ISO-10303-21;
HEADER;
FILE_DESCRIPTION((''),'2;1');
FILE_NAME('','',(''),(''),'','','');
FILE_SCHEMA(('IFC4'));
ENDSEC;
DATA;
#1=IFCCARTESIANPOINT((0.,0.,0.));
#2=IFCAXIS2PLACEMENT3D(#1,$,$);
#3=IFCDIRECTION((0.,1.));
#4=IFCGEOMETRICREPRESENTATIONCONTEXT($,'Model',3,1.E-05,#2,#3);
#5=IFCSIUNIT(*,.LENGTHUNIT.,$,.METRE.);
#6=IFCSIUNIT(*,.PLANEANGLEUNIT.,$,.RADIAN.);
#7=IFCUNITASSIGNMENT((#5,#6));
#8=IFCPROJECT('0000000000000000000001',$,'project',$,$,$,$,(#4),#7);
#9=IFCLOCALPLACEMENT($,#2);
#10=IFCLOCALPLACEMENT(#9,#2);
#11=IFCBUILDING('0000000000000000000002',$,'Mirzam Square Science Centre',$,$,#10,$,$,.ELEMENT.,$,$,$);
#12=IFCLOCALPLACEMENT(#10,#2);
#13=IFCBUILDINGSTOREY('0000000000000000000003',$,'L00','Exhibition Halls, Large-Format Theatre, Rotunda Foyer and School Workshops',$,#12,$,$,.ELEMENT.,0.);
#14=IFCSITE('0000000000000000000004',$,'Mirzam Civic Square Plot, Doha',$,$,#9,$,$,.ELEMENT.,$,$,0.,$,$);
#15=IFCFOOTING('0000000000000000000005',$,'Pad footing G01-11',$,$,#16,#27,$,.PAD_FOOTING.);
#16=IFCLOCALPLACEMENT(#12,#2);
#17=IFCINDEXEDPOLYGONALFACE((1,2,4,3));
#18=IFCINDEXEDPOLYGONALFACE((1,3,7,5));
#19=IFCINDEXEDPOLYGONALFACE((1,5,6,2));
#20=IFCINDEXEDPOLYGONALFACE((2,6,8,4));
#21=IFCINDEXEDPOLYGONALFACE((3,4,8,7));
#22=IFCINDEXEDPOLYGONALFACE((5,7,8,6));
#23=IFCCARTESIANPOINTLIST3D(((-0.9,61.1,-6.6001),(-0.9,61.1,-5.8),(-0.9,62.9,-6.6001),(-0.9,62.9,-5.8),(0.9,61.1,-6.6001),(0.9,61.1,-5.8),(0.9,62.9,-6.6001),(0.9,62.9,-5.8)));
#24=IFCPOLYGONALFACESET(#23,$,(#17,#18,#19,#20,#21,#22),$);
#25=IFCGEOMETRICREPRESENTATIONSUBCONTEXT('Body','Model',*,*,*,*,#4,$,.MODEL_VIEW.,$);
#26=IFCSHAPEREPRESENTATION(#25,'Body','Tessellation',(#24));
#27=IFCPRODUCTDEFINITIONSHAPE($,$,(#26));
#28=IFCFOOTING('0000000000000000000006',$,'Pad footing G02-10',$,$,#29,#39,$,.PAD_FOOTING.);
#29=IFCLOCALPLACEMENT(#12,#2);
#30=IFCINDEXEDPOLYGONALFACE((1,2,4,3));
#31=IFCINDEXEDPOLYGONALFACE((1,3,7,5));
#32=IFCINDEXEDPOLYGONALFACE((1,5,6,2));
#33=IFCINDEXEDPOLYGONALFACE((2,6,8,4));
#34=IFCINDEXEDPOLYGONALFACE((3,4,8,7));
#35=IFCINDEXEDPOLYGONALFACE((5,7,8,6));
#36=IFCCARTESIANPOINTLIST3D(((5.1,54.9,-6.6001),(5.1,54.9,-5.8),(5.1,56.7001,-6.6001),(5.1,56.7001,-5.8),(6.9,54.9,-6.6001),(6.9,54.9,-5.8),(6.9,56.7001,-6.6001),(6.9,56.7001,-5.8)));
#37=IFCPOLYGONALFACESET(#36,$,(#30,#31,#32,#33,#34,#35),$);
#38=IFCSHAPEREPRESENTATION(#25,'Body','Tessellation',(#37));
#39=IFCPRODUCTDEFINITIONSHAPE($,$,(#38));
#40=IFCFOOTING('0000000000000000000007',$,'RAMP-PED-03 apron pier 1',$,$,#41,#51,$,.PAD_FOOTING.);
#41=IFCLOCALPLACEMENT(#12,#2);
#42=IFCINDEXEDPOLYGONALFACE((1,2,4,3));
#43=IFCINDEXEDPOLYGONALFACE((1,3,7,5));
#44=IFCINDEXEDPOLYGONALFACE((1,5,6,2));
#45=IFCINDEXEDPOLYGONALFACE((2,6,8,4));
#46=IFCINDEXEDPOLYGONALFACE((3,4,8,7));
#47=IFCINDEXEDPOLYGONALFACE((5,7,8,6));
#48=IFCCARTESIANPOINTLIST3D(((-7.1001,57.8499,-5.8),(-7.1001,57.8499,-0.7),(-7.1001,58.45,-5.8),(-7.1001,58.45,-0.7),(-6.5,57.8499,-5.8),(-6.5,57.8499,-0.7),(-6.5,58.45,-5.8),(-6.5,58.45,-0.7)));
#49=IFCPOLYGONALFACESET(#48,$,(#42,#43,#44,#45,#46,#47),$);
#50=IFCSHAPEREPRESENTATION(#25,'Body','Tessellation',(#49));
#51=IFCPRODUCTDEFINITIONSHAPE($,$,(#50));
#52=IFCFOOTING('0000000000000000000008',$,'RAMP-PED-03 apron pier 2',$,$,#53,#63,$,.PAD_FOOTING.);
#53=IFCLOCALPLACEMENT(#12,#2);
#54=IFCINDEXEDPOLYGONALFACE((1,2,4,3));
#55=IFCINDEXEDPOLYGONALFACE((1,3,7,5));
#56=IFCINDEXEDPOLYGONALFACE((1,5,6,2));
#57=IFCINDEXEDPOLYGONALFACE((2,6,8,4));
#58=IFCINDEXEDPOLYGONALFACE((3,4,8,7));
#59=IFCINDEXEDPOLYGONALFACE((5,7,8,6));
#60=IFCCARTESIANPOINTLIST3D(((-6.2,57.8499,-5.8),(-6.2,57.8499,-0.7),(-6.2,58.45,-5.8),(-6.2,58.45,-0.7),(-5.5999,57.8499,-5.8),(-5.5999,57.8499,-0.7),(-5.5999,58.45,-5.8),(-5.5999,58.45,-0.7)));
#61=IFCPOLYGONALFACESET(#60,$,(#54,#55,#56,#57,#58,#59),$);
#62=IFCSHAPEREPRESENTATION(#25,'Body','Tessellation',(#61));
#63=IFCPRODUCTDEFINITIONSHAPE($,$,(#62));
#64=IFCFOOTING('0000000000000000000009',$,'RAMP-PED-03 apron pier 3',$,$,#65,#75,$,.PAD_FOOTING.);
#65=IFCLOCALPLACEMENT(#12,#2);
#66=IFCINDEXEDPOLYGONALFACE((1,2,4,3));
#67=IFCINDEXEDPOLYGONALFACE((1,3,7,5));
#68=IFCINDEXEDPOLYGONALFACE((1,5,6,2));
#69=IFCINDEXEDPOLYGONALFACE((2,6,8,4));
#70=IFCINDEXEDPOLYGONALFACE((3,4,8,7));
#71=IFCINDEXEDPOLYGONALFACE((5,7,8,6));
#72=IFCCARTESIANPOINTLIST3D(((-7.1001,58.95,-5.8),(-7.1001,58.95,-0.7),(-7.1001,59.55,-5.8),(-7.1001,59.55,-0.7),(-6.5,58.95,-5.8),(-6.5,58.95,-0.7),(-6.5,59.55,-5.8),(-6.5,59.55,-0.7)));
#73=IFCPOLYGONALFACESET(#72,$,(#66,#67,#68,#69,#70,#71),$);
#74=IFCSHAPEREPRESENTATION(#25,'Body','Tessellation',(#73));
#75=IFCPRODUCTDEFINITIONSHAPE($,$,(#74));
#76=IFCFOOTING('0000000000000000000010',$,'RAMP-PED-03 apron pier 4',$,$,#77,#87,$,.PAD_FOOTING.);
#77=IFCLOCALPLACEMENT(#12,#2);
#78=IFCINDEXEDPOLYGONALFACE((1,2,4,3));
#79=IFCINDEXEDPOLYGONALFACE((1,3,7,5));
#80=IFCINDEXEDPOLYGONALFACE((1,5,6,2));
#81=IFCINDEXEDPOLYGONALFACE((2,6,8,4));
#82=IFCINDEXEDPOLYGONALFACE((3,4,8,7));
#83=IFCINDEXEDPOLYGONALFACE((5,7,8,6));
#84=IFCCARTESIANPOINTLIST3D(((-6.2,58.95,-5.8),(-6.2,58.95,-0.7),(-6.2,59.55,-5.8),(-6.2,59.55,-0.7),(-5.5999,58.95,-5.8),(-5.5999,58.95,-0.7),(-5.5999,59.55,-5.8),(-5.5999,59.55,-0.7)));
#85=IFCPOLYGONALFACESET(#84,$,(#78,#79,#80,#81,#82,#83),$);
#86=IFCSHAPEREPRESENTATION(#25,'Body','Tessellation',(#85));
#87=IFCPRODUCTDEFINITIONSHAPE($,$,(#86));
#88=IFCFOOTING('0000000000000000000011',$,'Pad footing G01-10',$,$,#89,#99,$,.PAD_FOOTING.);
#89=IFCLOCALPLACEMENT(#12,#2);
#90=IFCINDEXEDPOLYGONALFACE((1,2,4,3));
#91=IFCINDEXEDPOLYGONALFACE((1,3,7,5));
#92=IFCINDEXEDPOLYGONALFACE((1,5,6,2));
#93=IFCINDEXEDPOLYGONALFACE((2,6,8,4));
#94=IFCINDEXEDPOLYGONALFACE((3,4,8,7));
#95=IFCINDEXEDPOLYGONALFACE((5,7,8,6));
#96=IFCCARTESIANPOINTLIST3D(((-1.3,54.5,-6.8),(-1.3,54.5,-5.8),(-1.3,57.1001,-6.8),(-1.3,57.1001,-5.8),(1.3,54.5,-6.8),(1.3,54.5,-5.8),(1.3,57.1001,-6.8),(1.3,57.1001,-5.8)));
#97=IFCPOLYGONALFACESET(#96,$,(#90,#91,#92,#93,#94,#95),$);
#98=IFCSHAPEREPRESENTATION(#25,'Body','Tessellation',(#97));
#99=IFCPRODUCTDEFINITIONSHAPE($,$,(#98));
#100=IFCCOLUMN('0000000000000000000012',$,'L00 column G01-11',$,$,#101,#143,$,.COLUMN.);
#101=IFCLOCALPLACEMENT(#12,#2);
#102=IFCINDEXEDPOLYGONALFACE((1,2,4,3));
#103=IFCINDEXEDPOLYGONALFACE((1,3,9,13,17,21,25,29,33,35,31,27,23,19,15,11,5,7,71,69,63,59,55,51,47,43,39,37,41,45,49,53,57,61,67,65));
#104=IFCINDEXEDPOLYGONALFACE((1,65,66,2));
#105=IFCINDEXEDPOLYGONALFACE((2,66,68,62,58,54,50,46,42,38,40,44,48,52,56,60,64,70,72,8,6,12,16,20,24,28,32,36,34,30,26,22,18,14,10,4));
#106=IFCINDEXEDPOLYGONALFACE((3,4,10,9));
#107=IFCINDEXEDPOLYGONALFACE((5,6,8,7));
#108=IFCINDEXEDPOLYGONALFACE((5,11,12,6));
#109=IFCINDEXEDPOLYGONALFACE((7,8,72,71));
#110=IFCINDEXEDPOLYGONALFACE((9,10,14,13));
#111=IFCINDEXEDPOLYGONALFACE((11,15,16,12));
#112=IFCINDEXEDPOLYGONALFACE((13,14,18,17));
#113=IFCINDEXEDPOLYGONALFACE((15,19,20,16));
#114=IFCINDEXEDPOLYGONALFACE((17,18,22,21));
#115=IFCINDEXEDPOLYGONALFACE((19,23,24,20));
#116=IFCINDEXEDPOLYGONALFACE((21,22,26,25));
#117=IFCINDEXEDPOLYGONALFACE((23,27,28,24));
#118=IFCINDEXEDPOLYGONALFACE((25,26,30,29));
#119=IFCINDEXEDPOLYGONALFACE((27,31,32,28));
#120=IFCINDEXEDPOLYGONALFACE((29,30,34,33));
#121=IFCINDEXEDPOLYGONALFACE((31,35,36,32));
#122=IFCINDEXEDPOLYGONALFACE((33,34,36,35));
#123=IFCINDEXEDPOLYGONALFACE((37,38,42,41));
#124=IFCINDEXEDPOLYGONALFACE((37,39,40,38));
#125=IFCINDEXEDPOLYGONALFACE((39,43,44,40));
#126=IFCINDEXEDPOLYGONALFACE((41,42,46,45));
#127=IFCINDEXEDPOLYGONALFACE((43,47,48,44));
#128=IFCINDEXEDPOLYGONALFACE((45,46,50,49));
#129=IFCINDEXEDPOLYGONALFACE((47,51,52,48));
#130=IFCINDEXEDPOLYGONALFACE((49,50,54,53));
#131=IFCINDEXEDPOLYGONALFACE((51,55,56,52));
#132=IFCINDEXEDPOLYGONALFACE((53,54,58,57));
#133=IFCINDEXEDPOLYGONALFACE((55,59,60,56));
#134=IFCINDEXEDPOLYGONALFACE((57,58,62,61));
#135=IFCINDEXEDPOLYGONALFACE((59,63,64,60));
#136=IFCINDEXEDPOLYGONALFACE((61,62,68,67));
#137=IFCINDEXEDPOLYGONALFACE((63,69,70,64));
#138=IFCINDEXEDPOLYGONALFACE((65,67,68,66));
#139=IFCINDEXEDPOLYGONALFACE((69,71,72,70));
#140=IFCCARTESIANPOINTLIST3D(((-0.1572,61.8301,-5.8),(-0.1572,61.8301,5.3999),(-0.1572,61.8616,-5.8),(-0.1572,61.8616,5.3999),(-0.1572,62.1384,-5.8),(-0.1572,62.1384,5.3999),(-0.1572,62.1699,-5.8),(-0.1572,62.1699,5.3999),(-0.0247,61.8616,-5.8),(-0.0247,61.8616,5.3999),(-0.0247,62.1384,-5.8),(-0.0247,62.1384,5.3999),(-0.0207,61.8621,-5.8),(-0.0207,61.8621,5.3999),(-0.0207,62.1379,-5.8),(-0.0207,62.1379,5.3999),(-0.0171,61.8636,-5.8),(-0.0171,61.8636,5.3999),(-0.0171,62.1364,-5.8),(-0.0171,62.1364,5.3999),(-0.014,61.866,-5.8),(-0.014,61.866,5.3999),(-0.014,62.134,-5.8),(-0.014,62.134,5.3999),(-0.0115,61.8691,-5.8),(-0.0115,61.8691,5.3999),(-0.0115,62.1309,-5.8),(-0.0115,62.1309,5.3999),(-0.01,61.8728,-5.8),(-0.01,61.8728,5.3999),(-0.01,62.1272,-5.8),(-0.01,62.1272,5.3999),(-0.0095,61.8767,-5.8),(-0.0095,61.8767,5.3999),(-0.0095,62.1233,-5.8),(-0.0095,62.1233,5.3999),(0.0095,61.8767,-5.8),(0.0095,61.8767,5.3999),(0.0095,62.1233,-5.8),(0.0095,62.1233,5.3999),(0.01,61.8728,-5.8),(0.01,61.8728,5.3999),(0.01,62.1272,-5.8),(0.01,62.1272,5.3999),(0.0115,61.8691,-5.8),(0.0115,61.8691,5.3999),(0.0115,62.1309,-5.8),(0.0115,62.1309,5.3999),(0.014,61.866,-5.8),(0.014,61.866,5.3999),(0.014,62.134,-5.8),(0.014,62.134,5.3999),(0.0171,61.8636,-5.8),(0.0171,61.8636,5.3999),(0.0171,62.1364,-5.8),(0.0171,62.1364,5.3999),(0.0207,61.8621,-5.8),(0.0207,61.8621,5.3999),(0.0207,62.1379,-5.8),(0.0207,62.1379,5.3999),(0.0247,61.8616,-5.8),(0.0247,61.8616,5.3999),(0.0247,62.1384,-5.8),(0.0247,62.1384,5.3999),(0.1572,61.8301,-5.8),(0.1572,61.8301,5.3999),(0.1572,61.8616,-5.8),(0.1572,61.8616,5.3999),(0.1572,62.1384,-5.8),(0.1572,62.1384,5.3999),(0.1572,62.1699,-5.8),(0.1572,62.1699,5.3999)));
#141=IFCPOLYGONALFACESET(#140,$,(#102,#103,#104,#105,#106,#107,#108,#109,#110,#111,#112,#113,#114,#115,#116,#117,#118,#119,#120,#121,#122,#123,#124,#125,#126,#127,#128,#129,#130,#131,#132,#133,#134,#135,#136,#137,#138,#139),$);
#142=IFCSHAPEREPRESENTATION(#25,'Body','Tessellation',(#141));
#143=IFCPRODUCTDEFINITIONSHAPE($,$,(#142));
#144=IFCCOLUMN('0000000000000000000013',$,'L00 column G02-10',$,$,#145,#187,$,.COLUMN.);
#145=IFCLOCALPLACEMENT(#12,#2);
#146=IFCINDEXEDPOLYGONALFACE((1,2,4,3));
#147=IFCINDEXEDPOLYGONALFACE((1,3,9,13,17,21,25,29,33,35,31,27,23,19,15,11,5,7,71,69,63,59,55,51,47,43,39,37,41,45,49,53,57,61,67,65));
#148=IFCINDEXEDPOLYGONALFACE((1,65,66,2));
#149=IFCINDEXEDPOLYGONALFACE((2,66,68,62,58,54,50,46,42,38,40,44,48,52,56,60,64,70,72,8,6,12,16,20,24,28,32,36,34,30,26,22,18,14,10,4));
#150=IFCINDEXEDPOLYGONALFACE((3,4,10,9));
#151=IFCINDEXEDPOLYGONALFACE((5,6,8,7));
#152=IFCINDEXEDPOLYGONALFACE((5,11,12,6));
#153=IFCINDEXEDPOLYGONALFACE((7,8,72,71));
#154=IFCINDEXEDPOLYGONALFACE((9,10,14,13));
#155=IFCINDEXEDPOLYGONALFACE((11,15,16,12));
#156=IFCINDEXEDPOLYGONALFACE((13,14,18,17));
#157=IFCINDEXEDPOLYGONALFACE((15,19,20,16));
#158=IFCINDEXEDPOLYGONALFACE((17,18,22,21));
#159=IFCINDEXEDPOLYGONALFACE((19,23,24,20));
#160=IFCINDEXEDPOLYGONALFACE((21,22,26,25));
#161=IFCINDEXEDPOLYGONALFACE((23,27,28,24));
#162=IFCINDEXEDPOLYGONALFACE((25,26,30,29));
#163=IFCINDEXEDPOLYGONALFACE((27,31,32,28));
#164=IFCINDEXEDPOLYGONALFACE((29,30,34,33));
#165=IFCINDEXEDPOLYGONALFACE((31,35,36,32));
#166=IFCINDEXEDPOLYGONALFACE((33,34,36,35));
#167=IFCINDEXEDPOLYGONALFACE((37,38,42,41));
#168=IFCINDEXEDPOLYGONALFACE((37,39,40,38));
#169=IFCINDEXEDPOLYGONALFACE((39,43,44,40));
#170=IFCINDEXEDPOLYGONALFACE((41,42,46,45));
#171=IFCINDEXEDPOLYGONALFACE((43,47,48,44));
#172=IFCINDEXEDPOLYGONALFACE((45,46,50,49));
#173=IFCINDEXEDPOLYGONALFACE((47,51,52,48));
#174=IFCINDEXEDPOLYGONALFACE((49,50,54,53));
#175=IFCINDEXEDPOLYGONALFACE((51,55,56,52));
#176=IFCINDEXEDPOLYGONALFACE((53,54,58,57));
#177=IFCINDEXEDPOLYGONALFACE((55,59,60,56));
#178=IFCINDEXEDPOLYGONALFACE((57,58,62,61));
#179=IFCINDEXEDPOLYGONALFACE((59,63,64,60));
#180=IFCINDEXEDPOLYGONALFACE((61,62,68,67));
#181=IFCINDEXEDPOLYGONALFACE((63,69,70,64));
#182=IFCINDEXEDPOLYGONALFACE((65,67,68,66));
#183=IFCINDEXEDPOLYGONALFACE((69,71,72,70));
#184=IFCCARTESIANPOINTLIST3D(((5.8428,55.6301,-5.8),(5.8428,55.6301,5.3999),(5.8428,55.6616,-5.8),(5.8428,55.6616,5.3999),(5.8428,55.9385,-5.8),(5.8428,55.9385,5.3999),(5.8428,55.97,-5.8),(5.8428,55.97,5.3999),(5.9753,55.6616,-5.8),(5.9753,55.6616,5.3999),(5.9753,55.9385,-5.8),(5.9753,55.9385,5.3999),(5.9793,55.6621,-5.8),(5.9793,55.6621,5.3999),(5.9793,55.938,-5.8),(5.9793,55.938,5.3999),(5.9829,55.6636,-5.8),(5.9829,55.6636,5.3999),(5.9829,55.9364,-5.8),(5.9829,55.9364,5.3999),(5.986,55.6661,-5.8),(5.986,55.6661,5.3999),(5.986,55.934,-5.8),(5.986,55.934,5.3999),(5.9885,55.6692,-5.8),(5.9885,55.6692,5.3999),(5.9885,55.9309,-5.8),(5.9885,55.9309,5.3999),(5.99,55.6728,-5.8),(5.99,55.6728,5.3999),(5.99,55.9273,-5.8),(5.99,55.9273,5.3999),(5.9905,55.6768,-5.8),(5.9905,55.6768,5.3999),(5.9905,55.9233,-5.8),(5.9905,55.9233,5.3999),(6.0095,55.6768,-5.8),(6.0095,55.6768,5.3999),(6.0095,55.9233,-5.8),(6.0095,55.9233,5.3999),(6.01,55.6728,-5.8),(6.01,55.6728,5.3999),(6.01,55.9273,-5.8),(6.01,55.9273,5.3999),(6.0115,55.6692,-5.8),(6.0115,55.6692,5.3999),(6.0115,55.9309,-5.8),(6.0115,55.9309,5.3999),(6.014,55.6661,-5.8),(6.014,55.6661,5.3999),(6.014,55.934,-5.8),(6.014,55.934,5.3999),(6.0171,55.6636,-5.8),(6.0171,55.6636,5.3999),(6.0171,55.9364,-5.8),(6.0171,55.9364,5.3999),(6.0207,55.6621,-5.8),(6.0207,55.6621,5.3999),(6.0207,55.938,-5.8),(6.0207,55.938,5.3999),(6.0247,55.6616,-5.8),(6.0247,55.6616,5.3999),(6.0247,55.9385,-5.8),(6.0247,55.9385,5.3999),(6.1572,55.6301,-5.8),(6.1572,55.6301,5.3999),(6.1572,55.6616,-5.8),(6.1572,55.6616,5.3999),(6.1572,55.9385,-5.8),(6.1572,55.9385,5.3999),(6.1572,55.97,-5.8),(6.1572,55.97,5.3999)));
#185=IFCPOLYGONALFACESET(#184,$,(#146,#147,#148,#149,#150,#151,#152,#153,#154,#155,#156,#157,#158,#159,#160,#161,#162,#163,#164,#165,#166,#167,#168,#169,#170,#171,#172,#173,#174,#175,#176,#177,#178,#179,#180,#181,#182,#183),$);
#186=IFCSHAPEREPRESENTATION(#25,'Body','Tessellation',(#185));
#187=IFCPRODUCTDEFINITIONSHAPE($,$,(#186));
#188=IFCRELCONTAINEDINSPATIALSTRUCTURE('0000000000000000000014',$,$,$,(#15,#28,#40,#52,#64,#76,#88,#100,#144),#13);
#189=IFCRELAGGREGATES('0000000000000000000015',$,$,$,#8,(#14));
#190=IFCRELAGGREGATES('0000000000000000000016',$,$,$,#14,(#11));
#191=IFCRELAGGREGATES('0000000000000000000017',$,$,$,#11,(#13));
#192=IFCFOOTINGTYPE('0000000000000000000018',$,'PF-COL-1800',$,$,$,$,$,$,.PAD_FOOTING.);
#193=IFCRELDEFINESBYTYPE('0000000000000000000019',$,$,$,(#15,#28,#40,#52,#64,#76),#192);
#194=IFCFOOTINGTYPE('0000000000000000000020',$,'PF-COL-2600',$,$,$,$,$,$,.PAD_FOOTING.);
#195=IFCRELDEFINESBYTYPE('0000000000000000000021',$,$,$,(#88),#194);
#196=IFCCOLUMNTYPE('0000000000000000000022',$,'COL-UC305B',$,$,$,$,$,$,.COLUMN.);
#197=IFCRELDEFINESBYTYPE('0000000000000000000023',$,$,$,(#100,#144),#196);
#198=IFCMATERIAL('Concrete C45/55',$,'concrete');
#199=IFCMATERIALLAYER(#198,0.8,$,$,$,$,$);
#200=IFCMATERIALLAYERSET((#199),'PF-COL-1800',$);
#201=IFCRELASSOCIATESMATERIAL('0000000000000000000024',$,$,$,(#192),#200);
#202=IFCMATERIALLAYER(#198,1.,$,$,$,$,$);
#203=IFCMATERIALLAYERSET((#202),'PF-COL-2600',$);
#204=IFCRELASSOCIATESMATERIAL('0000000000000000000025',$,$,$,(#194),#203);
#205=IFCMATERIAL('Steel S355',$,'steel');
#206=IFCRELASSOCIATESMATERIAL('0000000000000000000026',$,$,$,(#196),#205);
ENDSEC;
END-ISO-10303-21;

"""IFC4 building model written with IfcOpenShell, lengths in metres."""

from ifc_helpers import new_model, si_unit, direction, frame, origin, origin_2d, place, context, subcontext, project, spatial, rectangle, i_section, extrude, material, layer, layer_set, material_profile, profile_set, type_object, element, save


model = new_model("IFC4")

# Units and contexts
model_context = context("Model", 3, precision=1e-05, world=origin(), true_north=direction((0.0, 1.0)))
body_context = subcontext(model_context, "Body", "Model", "MODEL_VIEW")
ifc_project = project(units=[si_unit("LENGTHUNIT", "METRE"), si_unit("PLANEANGLEUNIT", "RADIAN")], contexts=[model_context])

# Site, building, storey
site_placement = place(None, origin())
site = spatial("IfcSite", under=ifc_project, at=site_placement, Name="Mirzam Civic Square Plot, Doha", CompositionType="ELEMENT", RefElevation=0.0)
building_placement = place(site_placement, origin())
building = spatial("IfcBuilding", under=site, at=building_placement, Name="Mirzam Square Science Centre", CompositionType="ELEMENT")
storey_placement = place(building_placement, origin())
storey = spatial("IfcBuildingStorey", under=building, at=storey_placement, Name="L00", Description="Exhibition Halls, Large-Format Theatre, Rotunda Foyer and School Workshops", CompositionType="ELEMENT", Elevation=0.0)

# Footings
ifc_material_1 = material(Name="Concrete C45/55", Category="concrete")
ifc_layer_1 = layer(ifc_material_1, 0.8)
ifc_layer_set_1 = layer_set([ifc_layer_1], Name="PF-COL-1800")
footing_type_1 = type_object("IfcFootingType", Name="PF-COL-1800", PredefinedType="PAD_FOOTING", material=ifc_layer_set_1)
for number, where, z_axis, x_axis, name in (
    (1, (0.0, 62.0, -6.6001), (0.0, 0.0, 1.0), (1.0, 0.0, 0.0), "Pad footing G01-11"),
    (2, (6.0, 55.8, -6.6001), (0.0, 0.0, 1.0), (1.0, 0.0, 0.0), "Pad footing G02-10"),
):
    element("IfcFooting", number, at=place(storey_placement, frame(where, z_axis=z_axis, x_axis=x_axis)), inside=storey, type_object=footing_type_1, Name=name, PredefinedType="PAD_FOOTING", context=body_context, shape_type="SweptSolid", body=[
        extrude(rectangle(XDim=1.8, YDim=1.8, at=origin_2d()), origin(), (0.0, 0.0, 1.0), 0.8),
    ])
for number, where, z_axis, x_axis, name in (
    (3, (-6.8, 58.1499, -5.8), (0.0, 0.0, 1.0), (1.0, 0.0, 0.0), "RAMP-PED-03 apron pier 1"),
    (4, (-5.8999, 58.1499, -5.8), (0.0, 0.0, 1.0), (1.0, 0.0, 0.0), "RAMP-PED-03 apron pier 2"),
    (5, (-6.8, 59.25, -5.8), (0.0, 0.0, 1.0), (1.0, 0.0, 0.0), "RAMP-PED-03 apron pier 3"),
    (6, (-5.8999, 59.25, -5.8), (0.0, 0.0, 1.0), (1.0, 0.0, 0.0), "RAMP-PED-03 apron pier 4"),
):
    element("IfcFooting", number, at=place(storey_placement, frame(where, z_axis=z_axis, x_axis=x_axis)), inside=storey, type_object=footing_type_1, Name=name, PredefinedType="PAD_FOOTING", context=body_context, shape_type="SweptSolid", body=[
        extrude(rectangle(XDim=0.6001, YDim=0.6001, at=origin_2d()), origin(), (0.0, 0.0, 1.0), 5.1001),
    ])
ifc_layer_2 = layer(ifc_material_1, 1.0)
ifc_layer_set_2 = layer_set([ifc_layer_2], Name="PF-COL-2600")
footing_type_2 = type_object("IfcFootingType", Name="PF-COL-2600", PredefinedType="PAD_FOOTING", material=ifc_layer_set_2)
footing_placement = place(storey_placement, frame((0.0, 55.8, -6.8), z_axis=(0.0, 0.0, 1.0), x_axis=(1.0, 0.0, 0.0)))
element("IfcFooting", 7, at=footing_placement, inside=storey, type_object=footing_type_2, Name="Pad footing G01-10", PredefinedType="PAD_FOOTING", context=body_context, shape_type="SweptSolid", body=[
    extrude(rectangle(XDim=2.6001, YDim=2.6001, at=origin_2d()), origin(), (0.0, 0.0, 1.0), 1.0),
])

# Columns
ifc_material_2 = material(Name="Steel S355", Category="steel")
ifc_material_profile_1 = material_profile(ifc_material_2, i_section(OverallWidth=0.3145, OverallDepth=0.3398, WebThickness=0.019, FlangeThickness=0.0315, FilletRadius=0.0151, at=origin_2d()), Name="305x305x198UC")
ifc_profile_set_1 = profile_set([ifc_material_profile_1], Name="Steel S355")
column_type_1 = type_object("IfcColumnType", Name="COL-UC305B", PredefinedType="COLUMN", material=ifc_profile_set_1)
for number, where, z_axis, x_axis, name in (
    (8, (0.0, 62.0, -5.8), (0.0, 0.0, 1.0), (1.0, 0.0, 0.0), "L00 column G01-11"),
    (9, (6.0, 55.8, -5.8), (0.0, 0.0, 1.0), (1.0, 0.0, 0.0), "L00 column G02-10"),
):
    element("IfcColumn", number, at=place(storey_placement, frame(where, z_axis=z_axis, x_axis=x_axis)), inside=storey, type_object=column_type_1, Name=name, PredefinedType="COLUMN", context=body_context, shape_type="SweptSolid", body=[
        extrude(i_section(OverallWidth=0.3145, OverallDepth=0.3398, WebThickness=0.019, FlangeThickness=0.0315, FilletRadius=0.0151, at=origin_2d()), origin(), (0.0, 0.0, 1.0), 11.2),
    ])

save(model, "model.ifc")
